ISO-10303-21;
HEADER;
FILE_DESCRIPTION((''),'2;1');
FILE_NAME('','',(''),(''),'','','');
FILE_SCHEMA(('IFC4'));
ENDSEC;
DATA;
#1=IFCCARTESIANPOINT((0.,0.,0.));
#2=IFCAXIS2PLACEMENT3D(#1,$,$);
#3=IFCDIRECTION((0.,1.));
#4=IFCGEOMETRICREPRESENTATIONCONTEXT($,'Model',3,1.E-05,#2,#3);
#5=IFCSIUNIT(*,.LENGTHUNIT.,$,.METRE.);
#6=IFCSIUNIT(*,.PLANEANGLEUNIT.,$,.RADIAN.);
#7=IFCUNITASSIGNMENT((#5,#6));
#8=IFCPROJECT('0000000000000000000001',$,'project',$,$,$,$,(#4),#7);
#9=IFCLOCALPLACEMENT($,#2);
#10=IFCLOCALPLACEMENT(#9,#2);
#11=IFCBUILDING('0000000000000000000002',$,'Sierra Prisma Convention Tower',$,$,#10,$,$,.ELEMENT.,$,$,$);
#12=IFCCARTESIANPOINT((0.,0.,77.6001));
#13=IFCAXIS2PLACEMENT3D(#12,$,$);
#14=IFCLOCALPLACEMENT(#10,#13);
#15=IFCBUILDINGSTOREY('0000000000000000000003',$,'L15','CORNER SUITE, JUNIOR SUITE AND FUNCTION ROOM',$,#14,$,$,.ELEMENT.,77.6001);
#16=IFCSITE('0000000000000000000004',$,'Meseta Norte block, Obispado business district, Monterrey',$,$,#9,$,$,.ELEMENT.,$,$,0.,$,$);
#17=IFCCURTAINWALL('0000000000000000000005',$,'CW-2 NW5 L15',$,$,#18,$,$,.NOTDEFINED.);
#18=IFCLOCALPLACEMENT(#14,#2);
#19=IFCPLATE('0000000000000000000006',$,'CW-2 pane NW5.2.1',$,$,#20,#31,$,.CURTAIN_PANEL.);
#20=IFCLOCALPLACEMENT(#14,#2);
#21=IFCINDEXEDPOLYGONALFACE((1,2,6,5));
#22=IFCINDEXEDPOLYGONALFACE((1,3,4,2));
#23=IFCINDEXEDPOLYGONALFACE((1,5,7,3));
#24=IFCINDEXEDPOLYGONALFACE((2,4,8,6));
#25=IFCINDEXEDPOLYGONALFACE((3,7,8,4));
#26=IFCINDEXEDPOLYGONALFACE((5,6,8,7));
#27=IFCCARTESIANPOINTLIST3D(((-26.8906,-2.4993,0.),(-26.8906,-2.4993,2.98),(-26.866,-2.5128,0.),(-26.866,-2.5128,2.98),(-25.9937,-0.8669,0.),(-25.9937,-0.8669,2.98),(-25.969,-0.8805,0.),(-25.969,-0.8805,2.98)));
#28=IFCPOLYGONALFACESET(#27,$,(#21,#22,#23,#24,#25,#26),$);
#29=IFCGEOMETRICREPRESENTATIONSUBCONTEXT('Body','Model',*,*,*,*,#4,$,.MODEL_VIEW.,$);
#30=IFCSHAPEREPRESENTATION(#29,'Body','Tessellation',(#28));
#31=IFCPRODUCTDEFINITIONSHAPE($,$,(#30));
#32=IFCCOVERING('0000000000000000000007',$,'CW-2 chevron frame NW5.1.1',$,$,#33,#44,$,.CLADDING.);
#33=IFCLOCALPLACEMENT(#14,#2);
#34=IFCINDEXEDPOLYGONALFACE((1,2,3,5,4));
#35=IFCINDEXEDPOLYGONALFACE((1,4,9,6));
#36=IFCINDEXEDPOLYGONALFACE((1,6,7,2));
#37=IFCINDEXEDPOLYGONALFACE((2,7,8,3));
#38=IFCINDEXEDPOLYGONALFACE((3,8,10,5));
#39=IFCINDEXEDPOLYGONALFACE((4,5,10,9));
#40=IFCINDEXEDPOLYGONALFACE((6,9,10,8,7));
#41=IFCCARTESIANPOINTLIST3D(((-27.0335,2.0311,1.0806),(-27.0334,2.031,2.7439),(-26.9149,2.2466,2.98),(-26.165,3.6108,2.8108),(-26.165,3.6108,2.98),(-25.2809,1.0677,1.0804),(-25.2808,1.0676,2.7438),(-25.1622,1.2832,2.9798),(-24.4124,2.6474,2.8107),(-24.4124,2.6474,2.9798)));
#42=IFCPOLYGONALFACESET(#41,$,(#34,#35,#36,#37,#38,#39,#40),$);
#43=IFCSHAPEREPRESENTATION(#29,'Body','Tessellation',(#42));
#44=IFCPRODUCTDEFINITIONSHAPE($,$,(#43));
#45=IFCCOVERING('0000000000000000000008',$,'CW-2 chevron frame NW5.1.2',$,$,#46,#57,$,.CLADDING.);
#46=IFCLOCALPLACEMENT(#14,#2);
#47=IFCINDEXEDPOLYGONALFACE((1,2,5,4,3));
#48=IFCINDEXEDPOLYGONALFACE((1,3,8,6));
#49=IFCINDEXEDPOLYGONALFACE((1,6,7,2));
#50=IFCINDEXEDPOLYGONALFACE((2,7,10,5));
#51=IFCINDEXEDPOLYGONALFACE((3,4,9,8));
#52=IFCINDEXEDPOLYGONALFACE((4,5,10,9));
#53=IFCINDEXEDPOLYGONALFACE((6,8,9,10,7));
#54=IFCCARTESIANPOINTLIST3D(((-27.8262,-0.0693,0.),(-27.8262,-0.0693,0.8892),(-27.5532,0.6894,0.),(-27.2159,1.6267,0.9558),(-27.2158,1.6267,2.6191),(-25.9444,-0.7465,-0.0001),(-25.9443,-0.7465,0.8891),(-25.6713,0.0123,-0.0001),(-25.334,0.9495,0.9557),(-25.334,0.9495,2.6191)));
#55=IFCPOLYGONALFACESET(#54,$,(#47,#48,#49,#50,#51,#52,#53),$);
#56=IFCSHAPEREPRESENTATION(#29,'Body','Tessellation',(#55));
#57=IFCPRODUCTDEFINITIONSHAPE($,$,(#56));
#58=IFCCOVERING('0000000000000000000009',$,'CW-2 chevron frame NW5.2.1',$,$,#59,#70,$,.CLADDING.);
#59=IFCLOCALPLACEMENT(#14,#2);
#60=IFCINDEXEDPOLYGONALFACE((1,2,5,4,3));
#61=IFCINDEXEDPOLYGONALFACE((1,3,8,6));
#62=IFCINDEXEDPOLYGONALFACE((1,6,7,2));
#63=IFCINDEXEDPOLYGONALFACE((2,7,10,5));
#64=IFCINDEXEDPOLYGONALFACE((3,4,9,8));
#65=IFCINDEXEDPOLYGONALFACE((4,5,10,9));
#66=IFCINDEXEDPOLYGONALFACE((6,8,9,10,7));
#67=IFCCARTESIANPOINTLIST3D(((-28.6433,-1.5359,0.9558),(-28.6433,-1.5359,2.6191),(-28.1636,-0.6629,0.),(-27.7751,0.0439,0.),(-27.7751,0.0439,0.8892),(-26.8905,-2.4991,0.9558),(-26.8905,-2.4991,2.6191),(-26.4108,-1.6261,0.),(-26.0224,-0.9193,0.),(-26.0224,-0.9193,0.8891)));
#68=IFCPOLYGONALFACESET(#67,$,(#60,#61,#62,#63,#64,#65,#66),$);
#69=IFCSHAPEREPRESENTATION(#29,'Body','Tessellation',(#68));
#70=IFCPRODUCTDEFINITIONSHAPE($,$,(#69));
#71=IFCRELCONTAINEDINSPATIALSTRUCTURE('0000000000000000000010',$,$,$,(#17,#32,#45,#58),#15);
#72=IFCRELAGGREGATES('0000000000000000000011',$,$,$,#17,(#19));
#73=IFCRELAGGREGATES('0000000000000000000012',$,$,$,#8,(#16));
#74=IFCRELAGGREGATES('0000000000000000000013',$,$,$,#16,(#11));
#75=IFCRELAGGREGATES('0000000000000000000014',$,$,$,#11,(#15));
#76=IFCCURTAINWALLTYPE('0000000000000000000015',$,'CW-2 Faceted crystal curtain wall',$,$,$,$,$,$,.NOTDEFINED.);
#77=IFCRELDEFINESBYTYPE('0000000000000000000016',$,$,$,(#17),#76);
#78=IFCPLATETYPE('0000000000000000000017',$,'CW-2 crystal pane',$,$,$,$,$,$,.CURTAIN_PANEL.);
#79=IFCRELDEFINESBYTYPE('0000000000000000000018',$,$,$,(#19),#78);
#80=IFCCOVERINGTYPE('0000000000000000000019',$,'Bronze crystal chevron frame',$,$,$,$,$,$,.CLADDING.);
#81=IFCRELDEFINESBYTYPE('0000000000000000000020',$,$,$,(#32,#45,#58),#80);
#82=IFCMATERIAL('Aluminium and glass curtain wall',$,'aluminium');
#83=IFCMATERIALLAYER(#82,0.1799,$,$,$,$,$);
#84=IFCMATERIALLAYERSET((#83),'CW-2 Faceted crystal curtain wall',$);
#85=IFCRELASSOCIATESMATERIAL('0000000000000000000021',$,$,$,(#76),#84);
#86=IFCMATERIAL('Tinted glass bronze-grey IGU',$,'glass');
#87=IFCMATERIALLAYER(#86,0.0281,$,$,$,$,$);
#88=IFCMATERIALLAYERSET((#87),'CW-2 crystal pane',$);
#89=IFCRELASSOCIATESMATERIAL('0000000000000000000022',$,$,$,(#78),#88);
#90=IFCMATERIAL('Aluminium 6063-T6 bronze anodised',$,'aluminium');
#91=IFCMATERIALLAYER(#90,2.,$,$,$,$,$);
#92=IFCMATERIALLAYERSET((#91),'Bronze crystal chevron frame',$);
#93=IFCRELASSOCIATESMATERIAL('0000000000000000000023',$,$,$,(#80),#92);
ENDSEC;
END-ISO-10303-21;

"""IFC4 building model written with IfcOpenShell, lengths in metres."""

from ifc_helpers import new_model, si_unit, direction, frame, origin, place, context, subcontext, project, spatial, polyline, outline, extrude, material, layer, layer_set, type_object, element, aggregate, save


model = new_model("IFC4")

# Units and contexts
model_context = context("Model", 3, precision=1e-05, world=origin(), true_north=direction((0.0, 1.0)))
body_context = subcontext(model_context, "Body", "Model", "MODEL_VIEW")
ifc_project = project(units=[si_unit("LENGTHUNIT", "METRE"), si_unit("PLANEANGLEUNIT", "RADIAN")], contexts=[model_context])

# Site, building, storey
site_placement = place(None, origin())
site = spatial("IfcSite", under=ifc_project, at=site_placement, Name="Meseta Norte block, Obispado business district, Monterrey", CompositionType="ELEMENT", RefElevation=0.0)
building_placement = place(site_placement, origin())
building = spatial("IfcBuilding", under=site, at=building_placement, Name="Sierra Prisma Convention Tower", CompositionType="ELEMENT")
storey_placement = place(building_placement, frame((0.0, 0.0, 77.6001)))
storey = spatial("IfcBuildingStorey", under=building, at=storey_placement, Name="L15", Description="CORNER SUITE, JUNIOR SUITE AND FUNCTION ROOM", CompositionType="ELEMENT", Elevation=77.6001)

# Curtain wall
ifc_material_1 = material(Name="Aluminium and glass curtain wall", Category="aluminium")
ifc_layer_1 = layer(ifc_material_1, 0.1799)
ifc_layer_set_1 = layer_set([ifc_layer_1], Name="CW-2 Faceted crystal curtain wall")
curtain_wall_type_1 = type_object("IfcCurtainWallType", Name="CW-2 Faceted crystal curtain wall", PredefinedType="NOTDEFINED", material=ifc_layer_set_1)
curtain_wall_1_placement = place(storey_placement, origin())
curtain_wall_1 = element("IfcCurtainWall", 1, at=curtain_wall_1_placement, inside=storey, type_object=curtain_wall_type_1, Name="CW-2 NW5 L15", PredefinedType="NOTDEFINED")

# Plate
ifc_material_2 = material(Name="Tinted glass bronze-grey IGU", Category="glass")
ifc_layer_2 = layer(ifc_material_2, 0.0281)
ifc_layer_set_2 = layer_set([ifc_layer_2], Name="CW-2 crystal pane")
plate_type = type_object("IfcPlateType", Name="CW-2 crystal pane", PredefinedType="CURTAIN_PANEL", material=ifc_layer_set_2)
plate_1_placement = place(storey_placement, frame((-25.9937, -0.8669, 0.0), z_axis=(-0.876399, 0.481587, 0.0), x_axis=(-0.481587, -0.876399, 0.0)))
plate_1 = element("IfcPlate", 2, at=plate_1_placement, type_object=plate_type, Name="CW-2 pane NW5.2.1", PredefinedType="CURTAIN_PANEL", context=body_context, shape_type="SweptSolid", body=[
    extrude(outline(polyline([(0.0, 0.0), (1.8625, 0.0), (1.8625, 2.98), (0.0, 2.98), (0.0, 0.0)])), origin(), (0.0, 0.0, -1.0), 0.0281),
])
aggregate(curtain_wall_1, [plate_1])

# Coverings
ifc_material_3 = material(Name="Aluminium 6063-T6 bronze anodised", Category="aluminium")
ifc_layer_3 = layer(ifc_material_3, 2.0)
ifc_layer_set_3 = layer_set([ifc_layer_3], Name="Bronze crystal chevron frame")
covering_type = type_object("IfcCoveringType", Name="Bronze crystal chevron frame", PredefinedType="CLADDING", material=ifc_layer_set_3)
covering_1_placement = place(storey_placement, frame((-26.165, 3.6108, 2.98), z_axis=(-0.876337, 0.481698, 0.000066), x_axis=(-0.000058, 0.000032, -1.0)))
element("IfcCovering", 3, at=covering_1_placement, inside=storey, type_object=covering_type, Name="CW-2 chevron frame NW5.1.1", PredefinedType="CLADDING", context=body_context, shape_type="SweptSolid", body=[
    extrude(outline(polyline([(0.0, 0.0), (0.1692, 0.0), (1.8994, 1.8028), (0.2361, 1.8028), (0.0, 1.5567), (0.0, 0.0)])), origin(), (0.0, 0.0, -1.0), 2.0),
])
covering_2_placement = place(storey_placement, frame((-27.2158, 1.6267, 2.6191), z_axis=(-0.940934, 0.338591, 0.000036), x_axis=(-0.000034, 0.000012, -1.0)))
element("IfcCovering", 4, at=covering_2_placement, inside=storey, type_object=covering_type, Name="CW-2 chevron frame NW5.1.2", PredefinedType="CLADDING", context=body_context, shape_type="SweptSolid", body=[
    extrude(outline(polyline([(0.0, 0.0), (1.6633, 0.0), (2.6191, 0.9961), (2.6191, 1.8025), (1.73, 1.8025), (0.0, 0.0)])), origin(), (0.0, 0.0, -1.0), 2.0),
])
covering_3_placement = place(storey_placement, frame((-27.7751, 0.0439, 0.0), z_axis=(-0.876388, 0.481605, 0.000008), x_axis=(-0.481605, -0.876388, 0.0)))
element("IfcCovering", 5, at=covering_3_placement, inside=storey, type_object=covering_type, Name="CW-2 chevron frame NW5.2.1", PredefinedType="CLADDING", context=body_context, shape_type="SweptSolid", body=[
    extrude(outline(polyline([(0.0, 0.0), (0.8065, 0.0), (1.8027, 0.9558), (1.8027, 2.6191), (0.0, 0.8892), (0.0, 0.0)])), origin(), (0.0, 0.0, -1.0), 2.0),
])

save(model, "model.ifc")
